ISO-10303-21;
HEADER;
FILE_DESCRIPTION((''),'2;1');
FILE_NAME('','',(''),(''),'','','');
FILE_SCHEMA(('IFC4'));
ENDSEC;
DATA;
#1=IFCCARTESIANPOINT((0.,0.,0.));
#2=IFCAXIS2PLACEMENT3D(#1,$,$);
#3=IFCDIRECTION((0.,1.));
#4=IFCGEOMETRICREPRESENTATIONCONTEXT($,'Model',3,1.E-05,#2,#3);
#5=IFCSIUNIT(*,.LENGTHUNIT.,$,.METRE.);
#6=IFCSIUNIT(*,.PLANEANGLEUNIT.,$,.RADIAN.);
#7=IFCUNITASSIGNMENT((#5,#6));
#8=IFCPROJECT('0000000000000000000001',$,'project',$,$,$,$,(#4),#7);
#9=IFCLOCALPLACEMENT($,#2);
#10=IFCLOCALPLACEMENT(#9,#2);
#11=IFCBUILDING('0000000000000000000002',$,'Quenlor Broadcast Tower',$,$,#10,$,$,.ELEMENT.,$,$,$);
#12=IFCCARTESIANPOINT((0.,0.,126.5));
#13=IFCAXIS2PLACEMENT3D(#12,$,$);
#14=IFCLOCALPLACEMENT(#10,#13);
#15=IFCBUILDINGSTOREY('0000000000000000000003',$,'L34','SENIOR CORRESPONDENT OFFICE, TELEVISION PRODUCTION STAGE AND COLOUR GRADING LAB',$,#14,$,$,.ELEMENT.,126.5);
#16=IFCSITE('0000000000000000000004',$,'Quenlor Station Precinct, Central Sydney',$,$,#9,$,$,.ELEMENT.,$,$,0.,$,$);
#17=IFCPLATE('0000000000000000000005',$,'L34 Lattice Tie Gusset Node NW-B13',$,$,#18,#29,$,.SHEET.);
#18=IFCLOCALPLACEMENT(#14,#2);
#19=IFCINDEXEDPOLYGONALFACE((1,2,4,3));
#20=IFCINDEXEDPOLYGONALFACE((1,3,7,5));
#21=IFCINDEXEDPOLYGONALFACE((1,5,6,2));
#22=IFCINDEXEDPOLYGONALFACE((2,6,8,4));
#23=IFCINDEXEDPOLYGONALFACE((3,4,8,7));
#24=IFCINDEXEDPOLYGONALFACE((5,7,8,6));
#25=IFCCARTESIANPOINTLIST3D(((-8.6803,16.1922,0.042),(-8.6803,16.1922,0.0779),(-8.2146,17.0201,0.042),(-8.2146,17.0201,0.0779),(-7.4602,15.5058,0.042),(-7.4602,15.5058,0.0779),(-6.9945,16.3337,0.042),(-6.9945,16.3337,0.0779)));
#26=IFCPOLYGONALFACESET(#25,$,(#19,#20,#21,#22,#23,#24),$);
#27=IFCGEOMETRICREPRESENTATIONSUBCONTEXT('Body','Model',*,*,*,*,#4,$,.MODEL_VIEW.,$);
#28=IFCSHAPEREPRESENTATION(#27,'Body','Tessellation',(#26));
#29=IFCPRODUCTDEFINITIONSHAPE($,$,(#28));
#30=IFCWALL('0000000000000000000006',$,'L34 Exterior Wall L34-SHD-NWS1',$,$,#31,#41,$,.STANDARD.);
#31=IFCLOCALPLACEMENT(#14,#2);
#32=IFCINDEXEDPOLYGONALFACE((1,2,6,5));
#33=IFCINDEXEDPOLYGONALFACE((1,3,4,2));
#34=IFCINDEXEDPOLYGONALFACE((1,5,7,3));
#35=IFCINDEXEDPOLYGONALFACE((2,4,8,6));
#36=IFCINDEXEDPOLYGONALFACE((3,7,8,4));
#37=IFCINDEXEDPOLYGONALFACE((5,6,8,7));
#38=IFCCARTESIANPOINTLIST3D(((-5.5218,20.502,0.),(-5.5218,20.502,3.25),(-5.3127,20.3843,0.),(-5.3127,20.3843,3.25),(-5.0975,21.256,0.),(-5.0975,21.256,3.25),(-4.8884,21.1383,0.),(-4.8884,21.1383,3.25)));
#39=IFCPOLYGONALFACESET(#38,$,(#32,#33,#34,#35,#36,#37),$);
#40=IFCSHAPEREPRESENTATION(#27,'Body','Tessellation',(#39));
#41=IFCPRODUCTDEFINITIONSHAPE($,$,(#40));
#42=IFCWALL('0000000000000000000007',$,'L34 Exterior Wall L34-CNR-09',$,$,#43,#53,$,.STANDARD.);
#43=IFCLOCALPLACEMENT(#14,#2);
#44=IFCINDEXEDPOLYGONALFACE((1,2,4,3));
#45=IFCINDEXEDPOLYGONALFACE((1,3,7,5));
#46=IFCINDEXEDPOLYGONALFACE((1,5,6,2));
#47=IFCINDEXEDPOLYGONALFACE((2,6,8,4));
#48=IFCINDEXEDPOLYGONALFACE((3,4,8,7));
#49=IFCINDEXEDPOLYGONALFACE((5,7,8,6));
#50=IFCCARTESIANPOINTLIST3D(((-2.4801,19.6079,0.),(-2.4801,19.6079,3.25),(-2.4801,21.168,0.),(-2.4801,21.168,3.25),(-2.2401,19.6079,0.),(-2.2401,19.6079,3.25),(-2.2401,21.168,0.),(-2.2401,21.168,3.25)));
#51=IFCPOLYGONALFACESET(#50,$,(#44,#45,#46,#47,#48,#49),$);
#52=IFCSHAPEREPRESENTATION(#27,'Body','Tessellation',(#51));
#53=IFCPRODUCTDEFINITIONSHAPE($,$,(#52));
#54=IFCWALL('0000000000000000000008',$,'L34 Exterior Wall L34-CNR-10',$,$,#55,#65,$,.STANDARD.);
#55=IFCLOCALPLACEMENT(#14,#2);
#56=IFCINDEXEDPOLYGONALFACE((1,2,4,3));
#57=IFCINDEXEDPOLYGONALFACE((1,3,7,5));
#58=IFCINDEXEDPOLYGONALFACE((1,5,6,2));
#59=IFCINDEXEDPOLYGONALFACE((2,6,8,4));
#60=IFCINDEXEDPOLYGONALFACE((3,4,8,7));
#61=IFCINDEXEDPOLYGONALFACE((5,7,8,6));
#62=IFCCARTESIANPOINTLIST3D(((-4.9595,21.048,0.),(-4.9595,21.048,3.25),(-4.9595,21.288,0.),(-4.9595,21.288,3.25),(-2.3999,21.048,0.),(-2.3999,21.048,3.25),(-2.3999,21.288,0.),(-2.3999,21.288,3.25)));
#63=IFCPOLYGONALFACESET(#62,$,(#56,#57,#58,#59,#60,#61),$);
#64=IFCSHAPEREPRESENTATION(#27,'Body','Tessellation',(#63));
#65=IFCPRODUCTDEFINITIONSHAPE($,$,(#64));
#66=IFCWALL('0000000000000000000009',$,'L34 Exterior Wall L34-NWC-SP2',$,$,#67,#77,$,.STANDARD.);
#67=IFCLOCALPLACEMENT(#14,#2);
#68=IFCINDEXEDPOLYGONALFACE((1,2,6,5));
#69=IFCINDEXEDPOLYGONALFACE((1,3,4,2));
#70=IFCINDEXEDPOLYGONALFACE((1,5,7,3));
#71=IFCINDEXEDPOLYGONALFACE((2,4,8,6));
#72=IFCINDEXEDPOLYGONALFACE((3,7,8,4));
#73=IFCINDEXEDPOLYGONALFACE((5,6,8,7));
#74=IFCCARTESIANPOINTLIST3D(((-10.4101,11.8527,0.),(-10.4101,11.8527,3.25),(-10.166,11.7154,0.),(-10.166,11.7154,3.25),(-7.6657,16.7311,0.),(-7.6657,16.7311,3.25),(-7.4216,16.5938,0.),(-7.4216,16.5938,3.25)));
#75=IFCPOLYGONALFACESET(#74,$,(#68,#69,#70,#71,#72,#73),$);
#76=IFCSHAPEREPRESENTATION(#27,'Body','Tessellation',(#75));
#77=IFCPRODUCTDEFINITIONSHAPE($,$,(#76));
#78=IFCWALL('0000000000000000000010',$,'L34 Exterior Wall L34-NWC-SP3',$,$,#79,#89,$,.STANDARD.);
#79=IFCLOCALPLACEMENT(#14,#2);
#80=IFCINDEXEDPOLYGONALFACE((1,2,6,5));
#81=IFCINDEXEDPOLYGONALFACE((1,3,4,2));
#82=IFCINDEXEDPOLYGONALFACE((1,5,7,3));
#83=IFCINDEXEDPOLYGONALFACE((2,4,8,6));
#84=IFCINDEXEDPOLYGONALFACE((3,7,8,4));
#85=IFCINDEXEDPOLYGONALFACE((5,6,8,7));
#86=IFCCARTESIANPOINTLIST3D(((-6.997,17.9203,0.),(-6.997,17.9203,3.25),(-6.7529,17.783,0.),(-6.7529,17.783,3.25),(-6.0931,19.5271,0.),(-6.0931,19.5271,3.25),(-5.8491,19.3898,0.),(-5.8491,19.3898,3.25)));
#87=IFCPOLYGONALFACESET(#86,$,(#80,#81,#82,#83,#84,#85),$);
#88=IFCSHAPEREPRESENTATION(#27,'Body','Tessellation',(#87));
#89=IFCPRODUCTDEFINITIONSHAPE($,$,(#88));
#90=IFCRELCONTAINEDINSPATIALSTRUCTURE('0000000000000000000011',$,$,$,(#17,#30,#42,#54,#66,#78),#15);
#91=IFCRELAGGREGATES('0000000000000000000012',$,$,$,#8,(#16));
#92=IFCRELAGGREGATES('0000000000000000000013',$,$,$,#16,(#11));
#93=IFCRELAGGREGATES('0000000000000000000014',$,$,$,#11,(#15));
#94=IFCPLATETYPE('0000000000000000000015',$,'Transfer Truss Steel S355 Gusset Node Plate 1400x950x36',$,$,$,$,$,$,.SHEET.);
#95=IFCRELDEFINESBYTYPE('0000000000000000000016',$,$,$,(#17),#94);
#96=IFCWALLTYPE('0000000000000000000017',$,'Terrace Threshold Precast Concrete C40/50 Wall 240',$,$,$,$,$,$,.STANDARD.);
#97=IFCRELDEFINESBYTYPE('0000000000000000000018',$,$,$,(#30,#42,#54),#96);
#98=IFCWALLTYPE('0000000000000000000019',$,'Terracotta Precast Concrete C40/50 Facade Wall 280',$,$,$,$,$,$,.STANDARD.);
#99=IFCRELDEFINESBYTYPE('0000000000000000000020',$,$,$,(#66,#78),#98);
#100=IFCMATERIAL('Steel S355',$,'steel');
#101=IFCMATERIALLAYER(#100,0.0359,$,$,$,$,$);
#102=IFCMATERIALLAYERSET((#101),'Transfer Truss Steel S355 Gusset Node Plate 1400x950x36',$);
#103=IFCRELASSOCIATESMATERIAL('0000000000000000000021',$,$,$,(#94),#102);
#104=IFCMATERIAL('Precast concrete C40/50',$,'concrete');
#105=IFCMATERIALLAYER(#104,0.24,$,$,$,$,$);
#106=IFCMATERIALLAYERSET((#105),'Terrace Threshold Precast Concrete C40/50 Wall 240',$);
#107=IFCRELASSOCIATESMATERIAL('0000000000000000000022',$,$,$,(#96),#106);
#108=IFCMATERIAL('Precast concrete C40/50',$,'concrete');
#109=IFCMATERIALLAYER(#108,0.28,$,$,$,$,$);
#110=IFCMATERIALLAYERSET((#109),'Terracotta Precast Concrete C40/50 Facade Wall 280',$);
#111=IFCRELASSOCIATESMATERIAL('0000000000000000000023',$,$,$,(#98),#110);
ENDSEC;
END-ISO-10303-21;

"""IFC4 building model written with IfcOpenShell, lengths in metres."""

from ifc_helpers import new_model, si_unit, direction, frame, frame_2d, origin, origin_2d, place, context, subcontext, project, spatial, rectangle, extrude, material, layer, layer_set, type_object, element, save


model = new_model("IFC4")

# Units and contexts
model_context = context("Model", 3, precision=1e-05, world=origin(), true_north=direction((0.0, 1.0)))
body_context = subcontext(model_context, "Body", "Model", "MODEL_VIEW")
ifc_project = project(units=[si_unit("LENGTHUNIT", "METRE"), si_unit("PLANEANGLEUNIT", "RADIAN")], contexts=[model_context])

# Site, building, storey
site_placement = place(None, origin())
site = spatial("IfcSite", under=ifc_project, at=site_placement, Name="Quenlor Station Precinct, Central Sydney", CompositionType="ELEMENT", RefElevation=0.0)
building_placement = place(site_placement, origin())
building = spatial("IfcBuilding", under=site, at=building_placement, Name="Quenlor Broadcast Tower", CompositionType="ELEMENT")
storey_placement = place(building_placement, frame((0.0, 0.0, 126.5)))
storey = spatial("IfcBuildingStorey", under=building, at=storey_placement, Name="L34", Description="SENIOR CORRESPONDENT OFFICE, TELEVISION PRODUCTION STAGE AND COLOUR GRADING LAB", CompositionType="ELEMENT", Elevation=126.5)

# Plate
ifc_material_1 = material(Name="Steel S355", Category="steel")
ifc_layer_1 = layer(ifc_material_1, 0.0359)
ifc_layer_set_1 = layer_set([ifc_layer_1], Name="Transfer Truss Steel S355 Gusset Node Plate 1400x950x36")
plate_type_1 = type_object("IfcPlateType", Name="Transfer Truss Steel S355 Gusset Node Plate 1400x950x36", PredefinedType="SHEET", material=ifc_layer_set_1)
for number, where, z_axis, x_axis, name in (
    (1, (-7.8374, 16.2629, 0.042), (0.0, 0.0, 1.0), (-0.871556, 0.490295, 0.0), "L34 Lattice Tie Gusset Node NW-B13"),
):
    element("IfcPlate", number, at=place(storey_placement, frame(where, z_axis=z_axis, x_axis=x_axis)), inside=storey, type_object=plate_type_1, Name=name, PredefinedType="SHEET", context=body_context, shape_type="SweptSolid", body=[
        extrude(rectangle(XDim=1.3999, YDim=0.95, at=origin_2d()), origin(), (0.0, 0.0, 1.0), 0.0359),
    ])

# Walls
ifc_material_2 = material(Name="Precast concrete C40/50", Category="concrete")
ifc_layer_2 = layer(ifc_material_2, 0.24)
ifc_layer_set_2 = layer_set([ifc_layer_2], Name="Terrace Threshold Precast Concrete C40/50 Wall 240")
wall_type_1 = type_object("IfcWallType", Name="Terrace Threshold Precast Concrete C40/50 Wall 240", PredefinedType="STANDARD", material=ifc_layer_set_2)
wall_1_placement = place(storey_placement, frame((-5.4172, 20.4431, 0.0), z_axis=(0.0, 0.0, 1.0), x_axis=(0.490355, 0.871523, 0.0)))
element("IfcWall", 2, at=wall_1_placement, inside=storey, type_object=wall_type_1, Name="L34 Exterior Wall L34-SHD-NWS1", PredefinedType="STANDARD", context=body_context, shape_type="SweptSolid", body=[
    extrude(rectangle(XDim=0.8652, YDim=0.24, at=frame_2d((0.4326, 0.0))), origin(), (0.0, 0.0, 1.0), 3.25),
])
wall_2_placement = place(storey_placement, frame((-2.3601, 19.6079, 0.0), z_axis=(0.0, 0.0, 1.0), x_axis=(0.0, 1.0, 0.0)))
element("IfcWall", 3, at=wall_2_placement, inside=storey, type_object=wall_type_1, Name="L34 Exterior Wall L34-CNR-09", PredefinedType="STANDARD", context=body_context, shape_type="SweptSolid", body=[
    extrude(rectangle(XDim=1.5601, YDim=0.24, at=frame_2d((0.78, 0.0))), origin(), (0.0, 0.0, 1.0), 3.25),
])
wall_3_placement = place(storey_placement, frame((-2.3999, 21.168, 0.0), z_axis=(0.0, 0.0, 1.0), x_axis=(-1.0, 0.0, 0.0)))
element("IfcWall", 4, at=wall_3_placement, inside=storey, type_object=wall_type_1, Name="L34 Exterior Wall L34-CNR-10", PredefinedType="STANDARD", context=body_context, shape_type="SweptSolid", body=[
    extrude(rectangle(XDim=2.5596, YDim=0.24, at=frame_2d((1.2798, 0.0))), origin(), (0.0, 0.0, 1.0), 3.25),
])
ifc_material_3 = material(Name="Precast concrete C40/50", Category="concrete")
ifc_layer_3 = layer(ifc_material_3, 0.28)
ifc_layer_set_3 = layer_set([ifc_layer_3], Name="Terracotta Precast Concrete C40/50 Facade Wall 280")
wall_type_2 = type_object("IfcWallType", Name="Terracotta Precast Concrete C40/50 Facade Wall 280", PredefinedType="STANDARD", material=ifc_layer_set_3)
wall_4_placement = place(storey_placement, frame((-10.2881, 11.7839, 0.0), z_axis=(0.0, 0.0, 1.0), x_axis=(0.490299, 0.871555, 0.0)))
element("IfcWall", 5, at=wall_4_placement, inside=storey, type_object=wall_type_2, Name="L34 Exterior Wall L34-NWC-SP2", PredefinedType="STANDARD", context=body_context, shape_type="SweptSolid", body=[
    extrude(rectangle(XDim=5.5974, YDim=0.28, at=frame_2d((2.7988, 0.0))), origin(), (0.0, 0.0, 1.0), 3.25),
])
wall_5_placement = place(storey_placement, frame((-6.875, 17.8516, 0.0), z_axis=(0.0, 0.0, 1.0), x_axis=(0.49028, 0.871565, 0.0)))
element("IfcWall", 6, at=wall_5_placement, inside=storey, type_object=wall_type_2, Name="L34 Exterior Wall L34-NWC-SP3", PredefinedType="STANDARD", context=body_context, shape_type="SweptSolid", body=[
    extrude(rectangle(XDim=1.8435, YDim=0.28, at=frame_2d((0.9219, 0.0))), origin(), (0.0, 0.0, 1.0), 3.25),
])

save(model, "model.ifc")
